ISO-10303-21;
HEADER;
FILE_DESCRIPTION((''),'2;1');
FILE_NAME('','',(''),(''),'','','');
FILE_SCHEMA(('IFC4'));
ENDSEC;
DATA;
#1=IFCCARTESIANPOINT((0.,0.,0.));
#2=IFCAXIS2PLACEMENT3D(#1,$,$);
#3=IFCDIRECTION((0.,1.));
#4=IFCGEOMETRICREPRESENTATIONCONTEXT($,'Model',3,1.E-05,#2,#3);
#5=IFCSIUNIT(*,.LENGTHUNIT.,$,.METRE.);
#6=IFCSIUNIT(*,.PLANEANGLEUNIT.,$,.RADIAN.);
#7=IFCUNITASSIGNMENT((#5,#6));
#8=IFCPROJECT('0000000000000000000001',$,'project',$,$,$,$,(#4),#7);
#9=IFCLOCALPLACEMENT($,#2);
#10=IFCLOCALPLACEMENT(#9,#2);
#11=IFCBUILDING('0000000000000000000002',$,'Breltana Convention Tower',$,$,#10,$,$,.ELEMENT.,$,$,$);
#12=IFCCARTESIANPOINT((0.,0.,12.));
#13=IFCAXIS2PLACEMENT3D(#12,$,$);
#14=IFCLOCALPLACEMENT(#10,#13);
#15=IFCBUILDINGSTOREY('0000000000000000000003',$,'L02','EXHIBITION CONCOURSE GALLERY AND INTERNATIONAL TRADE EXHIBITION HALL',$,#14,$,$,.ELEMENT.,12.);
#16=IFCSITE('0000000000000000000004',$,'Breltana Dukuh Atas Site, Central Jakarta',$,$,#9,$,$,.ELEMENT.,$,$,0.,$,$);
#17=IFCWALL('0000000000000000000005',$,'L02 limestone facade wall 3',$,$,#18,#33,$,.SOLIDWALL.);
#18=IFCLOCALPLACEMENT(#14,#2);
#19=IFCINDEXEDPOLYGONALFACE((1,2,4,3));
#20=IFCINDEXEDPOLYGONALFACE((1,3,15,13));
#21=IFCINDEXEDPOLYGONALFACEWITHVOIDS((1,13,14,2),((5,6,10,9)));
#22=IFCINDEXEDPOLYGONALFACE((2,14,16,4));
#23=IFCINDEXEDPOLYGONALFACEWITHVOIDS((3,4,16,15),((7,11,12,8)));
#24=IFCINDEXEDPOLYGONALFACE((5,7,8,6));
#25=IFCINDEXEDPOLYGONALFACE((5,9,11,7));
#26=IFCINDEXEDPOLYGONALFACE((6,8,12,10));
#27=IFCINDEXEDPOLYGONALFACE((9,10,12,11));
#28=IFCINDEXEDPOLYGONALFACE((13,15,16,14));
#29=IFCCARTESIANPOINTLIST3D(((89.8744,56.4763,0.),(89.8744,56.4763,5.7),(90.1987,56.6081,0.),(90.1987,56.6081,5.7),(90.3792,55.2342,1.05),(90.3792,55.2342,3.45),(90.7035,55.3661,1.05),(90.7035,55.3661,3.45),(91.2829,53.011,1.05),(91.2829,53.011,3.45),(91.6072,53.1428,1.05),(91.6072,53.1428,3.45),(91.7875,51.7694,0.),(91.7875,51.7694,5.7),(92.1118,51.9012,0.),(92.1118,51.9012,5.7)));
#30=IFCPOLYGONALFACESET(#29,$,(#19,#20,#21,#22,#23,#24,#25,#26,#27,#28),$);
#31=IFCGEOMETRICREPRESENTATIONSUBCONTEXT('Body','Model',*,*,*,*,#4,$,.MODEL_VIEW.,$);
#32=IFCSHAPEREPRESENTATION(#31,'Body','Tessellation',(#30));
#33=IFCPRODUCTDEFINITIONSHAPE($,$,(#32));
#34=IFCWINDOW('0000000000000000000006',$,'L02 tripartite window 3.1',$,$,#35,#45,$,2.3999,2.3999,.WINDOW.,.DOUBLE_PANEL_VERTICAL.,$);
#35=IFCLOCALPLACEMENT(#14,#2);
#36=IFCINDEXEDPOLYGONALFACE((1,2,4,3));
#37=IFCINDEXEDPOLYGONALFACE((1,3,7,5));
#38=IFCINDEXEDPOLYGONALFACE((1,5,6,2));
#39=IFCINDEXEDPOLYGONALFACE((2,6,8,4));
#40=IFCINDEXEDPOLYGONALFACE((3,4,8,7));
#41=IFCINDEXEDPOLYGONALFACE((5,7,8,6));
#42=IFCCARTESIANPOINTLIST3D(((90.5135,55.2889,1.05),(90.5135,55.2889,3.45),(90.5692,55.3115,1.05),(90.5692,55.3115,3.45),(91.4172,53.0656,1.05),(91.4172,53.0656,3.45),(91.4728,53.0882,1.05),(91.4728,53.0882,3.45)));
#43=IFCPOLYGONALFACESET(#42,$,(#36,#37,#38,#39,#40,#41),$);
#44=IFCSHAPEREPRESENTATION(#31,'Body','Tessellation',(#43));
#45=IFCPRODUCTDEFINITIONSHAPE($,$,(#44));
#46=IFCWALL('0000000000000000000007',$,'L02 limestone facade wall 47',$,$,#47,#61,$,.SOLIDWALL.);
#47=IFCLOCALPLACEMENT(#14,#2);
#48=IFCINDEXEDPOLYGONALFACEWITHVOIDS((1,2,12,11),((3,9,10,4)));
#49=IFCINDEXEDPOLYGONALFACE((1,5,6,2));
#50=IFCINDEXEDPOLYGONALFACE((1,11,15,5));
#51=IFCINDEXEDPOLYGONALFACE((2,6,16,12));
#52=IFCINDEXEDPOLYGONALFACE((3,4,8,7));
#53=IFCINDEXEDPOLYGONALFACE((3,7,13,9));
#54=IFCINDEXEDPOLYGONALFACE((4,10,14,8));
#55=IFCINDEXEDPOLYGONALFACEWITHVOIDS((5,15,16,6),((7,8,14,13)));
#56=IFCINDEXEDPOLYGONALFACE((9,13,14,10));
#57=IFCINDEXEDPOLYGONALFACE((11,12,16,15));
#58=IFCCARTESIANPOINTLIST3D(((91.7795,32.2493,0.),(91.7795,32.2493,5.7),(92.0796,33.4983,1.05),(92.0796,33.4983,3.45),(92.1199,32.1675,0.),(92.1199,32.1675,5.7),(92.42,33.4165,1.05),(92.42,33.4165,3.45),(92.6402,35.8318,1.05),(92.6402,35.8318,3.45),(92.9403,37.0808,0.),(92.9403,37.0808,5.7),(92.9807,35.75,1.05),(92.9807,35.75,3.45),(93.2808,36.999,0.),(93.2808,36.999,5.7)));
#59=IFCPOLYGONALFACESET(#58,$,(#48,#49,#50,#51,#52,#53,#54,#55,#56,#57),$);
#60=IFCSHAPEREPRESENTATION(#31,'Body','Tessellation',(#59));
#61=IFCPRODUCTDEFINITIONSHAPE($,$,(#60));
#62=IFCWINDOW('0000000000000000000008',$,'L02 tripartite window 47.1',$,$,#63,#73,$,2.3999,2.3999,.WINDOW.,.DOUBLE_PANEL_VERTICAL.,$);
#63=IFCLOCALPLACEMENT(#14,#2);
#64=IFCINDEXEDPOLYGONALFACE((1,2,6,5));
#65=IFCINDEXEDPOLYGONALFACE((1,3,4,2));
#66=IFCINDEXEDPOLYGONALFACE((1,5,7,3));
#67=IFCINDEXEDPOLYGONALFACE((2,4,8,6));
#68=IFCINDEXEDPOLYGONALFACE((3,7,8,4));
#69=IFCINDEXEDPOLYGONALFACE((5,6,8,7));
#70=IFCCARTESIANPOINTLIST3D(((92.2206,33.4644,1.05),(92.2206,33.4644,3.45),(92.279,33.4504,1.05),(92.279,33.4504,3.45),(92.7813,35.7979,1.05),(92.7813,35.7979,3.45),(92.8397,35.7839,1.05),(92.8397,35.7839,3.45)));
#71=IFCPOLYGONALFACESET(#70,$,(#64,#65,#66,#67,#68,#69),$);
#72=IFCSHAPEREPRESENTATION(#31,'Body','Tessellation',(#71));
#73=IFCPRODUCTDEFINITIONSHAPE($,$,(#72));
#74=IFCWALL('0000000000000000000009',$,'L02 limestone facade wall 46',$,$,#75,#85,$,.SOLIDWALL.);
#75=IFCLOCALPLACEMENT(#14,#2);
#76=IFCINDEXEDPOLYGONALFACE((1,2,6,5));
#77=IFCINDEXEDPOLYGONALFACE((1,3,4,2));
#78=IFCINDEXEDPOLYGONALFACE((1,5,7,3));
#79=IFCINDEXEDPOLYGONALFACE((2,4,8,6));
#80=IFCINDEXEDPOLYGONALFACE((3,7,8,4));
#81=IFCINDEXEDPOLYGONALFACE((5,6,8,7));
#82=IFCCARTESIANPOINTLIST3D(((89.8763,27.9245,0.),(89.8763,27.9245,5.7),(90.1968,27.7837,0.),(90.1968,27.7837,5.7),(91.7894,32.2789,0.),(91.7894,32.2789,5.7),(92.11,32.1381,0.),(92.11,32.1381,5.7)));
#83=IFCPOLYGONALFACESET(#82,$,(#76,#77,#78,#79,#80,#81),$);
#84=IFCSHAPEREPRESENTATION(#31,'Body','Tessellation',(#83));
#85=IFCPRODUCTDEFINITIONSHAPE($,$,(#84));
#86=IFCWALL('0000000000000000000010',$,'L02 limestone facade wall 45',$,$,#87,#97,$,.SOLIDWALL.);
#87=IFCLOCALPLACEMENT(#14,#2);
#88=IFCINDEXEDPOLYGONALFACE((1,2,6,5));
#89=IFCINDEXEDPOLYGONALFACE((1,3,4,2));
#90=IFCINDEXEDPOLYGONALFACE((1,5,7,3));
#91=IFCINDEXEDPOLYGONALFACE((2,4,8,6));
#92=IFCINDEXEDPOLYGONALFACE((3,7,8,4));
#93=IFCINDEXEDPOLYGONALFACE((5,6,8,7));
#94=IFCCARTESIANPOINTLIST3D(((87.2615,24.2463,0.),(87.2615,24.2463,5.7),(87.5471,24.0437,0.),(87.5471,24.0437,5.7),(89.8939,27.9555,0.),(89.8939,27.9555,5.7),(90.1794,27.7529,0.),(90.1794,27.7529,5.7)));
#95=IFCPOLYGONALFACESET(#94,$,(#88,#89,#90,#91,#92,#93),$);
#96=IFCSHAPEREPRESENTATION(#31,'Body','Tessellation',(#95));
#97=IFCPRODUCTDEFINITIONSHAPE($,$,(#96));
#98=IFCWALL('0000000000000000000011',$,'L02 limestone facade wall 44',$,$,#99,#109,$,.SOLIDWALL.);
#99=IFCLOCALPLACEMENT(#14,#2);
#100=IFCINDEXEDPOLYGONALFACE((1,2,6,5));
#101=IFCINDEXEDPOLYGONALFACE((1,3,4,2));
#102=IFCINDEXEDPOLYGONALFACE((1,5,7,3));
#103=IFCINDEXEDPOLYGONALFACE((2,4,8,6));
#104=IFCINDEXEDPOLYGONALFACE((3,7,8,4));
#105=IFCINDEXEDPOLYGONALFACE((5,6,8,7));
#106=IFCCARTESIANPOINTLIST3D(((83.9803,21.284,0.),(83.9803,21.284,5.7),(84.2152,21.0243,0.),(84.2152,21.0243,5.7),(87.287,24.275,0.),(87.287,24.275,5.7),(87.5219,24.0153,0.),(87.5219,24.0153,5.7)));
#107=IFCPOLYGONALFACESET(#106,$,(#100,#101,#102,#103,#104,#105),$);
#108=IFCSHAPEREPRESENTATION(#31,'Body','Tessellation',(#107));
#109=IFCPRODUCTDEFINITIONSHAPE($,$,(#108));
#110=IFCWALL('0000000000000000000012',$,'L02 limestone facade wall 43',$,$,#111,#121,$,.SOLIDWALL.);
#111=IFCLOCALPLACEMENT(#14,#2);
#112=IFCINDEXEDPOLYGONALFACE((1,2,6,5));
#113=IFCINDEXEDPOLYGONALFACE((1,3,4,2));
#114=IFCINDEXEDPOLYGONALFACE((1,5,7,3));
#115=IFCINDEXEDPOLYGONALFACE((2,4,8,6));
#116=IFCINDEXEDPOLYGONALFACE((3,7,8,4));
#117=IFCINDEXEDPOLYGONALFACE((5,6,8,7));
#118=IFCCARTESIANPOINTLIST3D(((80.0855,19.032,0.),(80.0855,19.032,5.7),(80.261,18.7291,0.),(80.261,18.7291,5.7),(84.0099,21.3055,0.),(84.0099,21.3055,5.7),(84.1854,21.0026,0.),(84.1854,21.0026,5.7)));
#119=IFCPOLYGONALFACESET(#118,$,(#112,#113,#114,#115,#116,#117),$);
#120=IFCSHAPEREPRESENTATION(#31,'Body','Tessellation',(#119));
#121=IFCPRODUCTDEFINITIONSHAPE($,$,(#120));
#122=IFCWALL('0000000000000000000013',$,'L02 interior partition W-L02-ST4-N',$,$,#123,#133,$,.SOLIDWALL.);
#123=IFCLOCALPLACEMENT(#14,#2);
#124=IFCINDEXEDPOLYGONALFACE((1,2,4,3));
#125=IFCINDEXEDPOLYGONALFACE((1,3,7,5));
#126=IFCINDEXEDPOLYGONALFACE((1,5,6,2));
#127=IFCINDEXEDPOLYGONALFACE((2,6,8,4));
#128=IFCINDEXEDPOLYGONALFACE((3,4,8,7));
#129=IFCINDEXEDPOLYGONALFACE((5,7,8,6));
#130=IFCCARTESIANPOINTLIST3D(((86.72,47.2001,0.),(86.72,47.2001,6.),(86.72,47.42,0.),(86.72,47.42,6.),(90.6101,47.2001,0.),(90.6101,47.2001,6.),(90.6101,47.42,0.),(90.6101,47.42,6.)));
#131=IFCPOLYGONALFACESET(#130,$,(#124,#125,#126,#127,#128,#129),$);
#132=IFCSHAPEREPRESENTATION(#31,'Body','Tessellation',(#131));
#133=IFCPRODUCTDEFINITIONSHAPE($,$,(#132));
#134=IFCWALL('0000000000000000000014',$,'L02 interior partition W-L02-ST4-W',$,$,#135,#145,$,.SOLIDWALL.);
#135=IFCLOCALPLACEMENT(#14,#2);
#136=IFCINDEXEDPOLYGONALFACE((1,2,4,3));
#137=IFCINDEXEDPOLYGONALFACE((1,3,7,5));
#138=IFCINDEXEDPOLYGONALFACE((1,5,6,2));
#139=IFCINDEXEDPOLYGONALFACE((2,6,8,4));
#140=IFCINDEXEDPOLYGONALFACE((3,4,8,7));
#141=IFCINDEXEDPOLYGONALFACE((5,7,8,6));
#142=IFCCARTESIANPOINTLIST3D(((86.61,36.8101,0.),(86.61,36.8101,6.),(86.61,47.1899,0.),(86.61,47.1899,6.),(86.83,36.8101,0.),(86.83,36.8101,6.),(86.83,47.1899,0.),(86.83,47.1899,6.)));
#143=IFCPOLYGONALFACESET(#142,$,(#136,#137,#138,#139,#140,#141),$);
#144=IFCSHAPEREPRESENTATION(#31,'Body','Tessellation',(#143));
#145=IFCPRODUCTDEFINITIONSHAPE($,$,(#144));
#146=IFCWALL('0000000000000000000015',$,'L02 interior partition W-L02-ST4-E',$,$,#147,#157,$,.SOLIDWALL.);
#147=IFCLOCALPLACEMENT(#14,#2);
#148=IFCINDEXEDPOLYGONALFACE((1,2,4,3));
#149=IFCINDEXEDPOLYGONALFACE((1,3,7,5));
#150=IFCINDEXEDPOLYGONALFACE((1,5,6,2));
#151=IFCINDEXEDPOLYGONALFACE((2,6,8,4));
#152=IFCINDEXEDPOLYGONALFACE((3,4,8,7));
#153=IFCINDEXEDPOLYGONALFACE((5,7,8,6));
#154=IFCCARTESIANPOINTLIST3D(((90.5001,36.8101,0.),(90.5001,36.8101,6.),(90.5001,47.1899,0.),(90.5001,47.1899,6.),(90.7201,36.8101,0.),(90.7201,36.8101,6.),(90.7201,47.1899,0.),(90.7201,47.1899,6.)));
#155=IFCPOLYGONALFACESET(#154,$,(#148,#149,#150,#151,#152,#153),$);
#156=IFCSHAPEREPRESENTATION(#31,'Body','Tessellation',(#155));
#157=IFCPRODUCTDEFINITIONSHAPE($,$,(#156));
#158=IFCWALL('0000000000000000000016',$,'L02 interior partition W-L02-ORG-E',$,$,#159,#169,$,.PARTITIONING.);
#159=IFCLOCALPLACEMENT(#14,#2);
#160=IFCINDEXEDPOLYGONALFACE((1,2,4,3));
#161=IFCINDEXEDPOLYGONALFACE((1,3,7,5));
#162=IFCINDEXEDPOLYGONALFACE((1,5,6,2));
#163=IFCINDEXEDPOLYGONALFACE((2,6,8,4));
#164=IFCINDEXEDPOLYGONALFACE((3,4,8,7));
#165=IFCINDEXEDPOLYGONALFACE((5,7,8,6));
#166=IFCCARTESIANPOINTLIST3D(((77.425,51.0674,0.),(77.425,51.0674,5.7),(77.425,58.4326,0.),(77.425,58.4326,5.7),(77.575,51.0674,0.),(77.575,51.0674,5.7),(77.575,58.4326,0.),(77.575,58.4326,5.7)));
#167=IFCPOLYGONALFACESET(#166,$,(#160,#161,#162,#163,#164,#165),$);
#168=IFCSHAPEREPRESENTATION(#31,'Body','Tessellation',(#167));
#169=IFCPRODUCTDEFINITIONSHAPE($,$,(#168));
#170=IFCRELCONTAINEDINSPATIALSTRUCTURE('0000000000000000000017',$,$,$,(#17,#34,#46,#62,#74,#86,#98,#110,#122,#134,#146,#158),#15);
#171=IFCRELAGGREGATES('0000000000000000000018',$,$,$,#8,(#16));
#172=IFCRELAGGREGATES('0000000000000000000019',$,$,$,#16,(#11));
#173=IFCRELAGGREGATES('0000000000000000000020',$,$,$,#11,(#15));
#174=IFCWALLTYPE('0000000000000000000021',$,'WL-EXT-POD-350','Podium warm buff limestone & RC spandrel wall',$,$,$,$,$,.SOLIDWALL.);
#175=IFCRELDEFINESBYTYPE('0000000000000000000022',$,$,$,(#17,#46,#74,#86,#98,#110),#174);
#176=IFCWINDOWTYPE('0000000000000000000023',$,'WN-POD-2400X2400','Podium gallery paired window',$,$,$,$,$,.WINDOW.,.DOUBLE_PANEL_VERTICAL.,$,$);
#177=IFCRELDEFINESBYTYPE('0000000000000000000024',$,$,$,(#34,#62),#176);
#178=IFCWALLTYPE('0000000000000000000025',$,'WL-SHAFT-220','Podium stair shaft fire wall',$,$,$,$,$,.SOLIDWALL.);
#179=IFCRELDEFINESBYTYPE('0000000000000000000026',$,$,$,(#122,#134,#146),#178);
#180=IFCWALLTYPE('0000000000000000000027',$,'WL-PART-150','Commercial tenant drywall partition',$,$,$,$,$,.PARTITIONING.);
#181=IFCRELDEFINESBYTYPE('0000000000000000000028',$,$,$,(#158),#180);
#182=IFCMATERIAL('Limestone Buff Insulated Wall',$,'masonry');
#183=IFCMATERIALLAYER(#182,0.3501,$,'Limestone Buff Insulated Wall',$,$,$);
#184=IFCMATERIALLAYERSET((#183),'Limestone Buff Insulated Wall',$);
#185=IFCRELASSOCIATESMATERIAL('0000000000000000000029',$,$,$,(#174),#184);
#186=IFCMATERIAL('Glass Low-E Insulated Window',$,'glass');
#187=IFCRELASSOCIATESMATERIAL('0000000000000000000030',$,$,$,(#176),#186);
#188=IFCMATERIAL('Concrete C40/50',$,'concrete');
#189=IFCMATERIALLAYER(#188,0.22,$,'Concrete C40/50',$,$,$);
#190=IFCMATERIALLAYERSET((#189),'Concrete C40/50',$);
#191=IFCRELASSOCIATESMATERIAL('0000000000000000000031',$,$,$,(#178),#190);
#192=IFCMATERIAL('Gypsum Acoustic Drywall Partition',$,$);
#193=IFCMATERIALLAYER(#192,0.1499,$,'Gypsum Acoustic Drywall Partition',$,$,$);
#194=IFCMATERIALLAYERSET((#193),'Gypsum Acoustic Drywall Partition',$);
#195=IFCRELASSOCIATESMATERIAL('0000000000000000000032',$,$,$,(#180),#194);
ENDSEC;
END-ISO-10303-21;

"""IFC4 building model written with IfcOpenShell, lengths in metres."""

from ifc_helpers import new_model, si_unit, direction, frame, frame_2d, origin, place, context, subcontext, project, spatial, rectangle, extrude, source, transform, mapped, material, layer, layer_set, type_object, type_shapes, element, fill, save


model = new_model("IFC4")

# Units and contexts
model_context = context("Model", 3, precision=1e-05, world=origin(), true_north=direction((0.0, 1.0)))
body_context = subcontext(model_context, "Body", "Model", "MODEL_VIEW")
ifc_project = project(units=[si_unit("LENGTHUNIT", "METRE"), si_unit("PLANEANGLEUNIT", "RADIAN")], contexts=[model_context])

# Site, building, storey
site_placement = place(None, origin())
site = spatial("IfcSite", under=ifc_project, at=site_placement, Name="Breltana Dukuh Atas Site, Central Jakarta", CompositionType="ELEMENT", RefElevation=0.0)
building_placement = place(site_placement, origin())
building = spatial("IfcBuilding", under=site, at=building_placement, Name="Breltana Convention Tower", CompositionType="ELEMENT")
storey_placement = place(building_placement, frame((0.0, 0.0, 12.0)))
storey = spatial("IfcBuildingStorey", under=building, at=storey_placement, Name="L02", Description="EXHIBITION CONCOURSE GALLERY AND INTERNATIONAL TRADE EXHIBITION HALL", CompositionType="ELEMENT", Elevation=12.0)

# Shared definitions
ifc_material_1 = material(Name="Limestone Buff Insulated Wall", Category="masonry")
ifc_layer_1 = layer(ifc_material_1, 0.3501, Name="Limestone Buff Insulated Wall")
ifc_layer_set_1 = layer_set([ifc_layer_1], Name="Limestone Buff Insulated Wall")
wall_type_1 = type_object("IfcWallType", Name="WL-EXT-POD-350", Description="Podium warm buff limestone & RC spandrel wall", PredefinedType="SOLIDWALL", material=ifc_layer_set_1)
ifc_material_2 = material(Name="Glass Low-E Insulated Window", Category="glass")
window_type = type_object("IfcWindowType", Name="WN-POD-2400X2400", Description="Podium gallery paired window", PartitioningType="DOUBLE_PANEL_VERTICAL", PredefinedType="WINDOW", material=ifc_material_2)
shared_shape_1 = source(origin(), body_context, "Body", "SweptSolid", [
    extrude(rectangle(XDim=2.3999, YDim=2.3999, at=frame_2d((1.2, 1.2))), frame((0.0, 0.03, 0.0), z_axis=(0.0, -1.0, 0.0), x_axis=(1.0, 0.0, 0.0)), (0.0, 0.0, 1.0), 0.0601),
])
type_shapes(window_type, [shared_shape_1])

# Walls, openings, windows
shared_shape_2 = source(origin(), body_context, "Body", "SweptSolid", [
    extrude(rectangle(XDim=5.0808, YDim=0.3501, at=frame_2d((2.5405, 0.0))), origin(), (0.0, 0.0, 1.0), 5.7),
])
wall_1_placement = place(storey_placement, frame((91.9497, 51.8352, 0.0), z_axis=(0.0, 0.0, 1.0), x_axis=(-0.376538, 0.926401, 0.0)))
wall_1 = element("IfcWall", 1, at=wall_1_placement, inside=storey, type_object=wall_type_1, Name="L02 limestone facade wall 3", PredefinedType="SOLIDWALL", context=body_context, shape_type="MappedRepresentation", body=[
    mapped(shared_shape_2, transform((0.0, 0.0, 0.0), scale=1.0)),
])
opening_1_placement = place(wall_1_placement, frame((1.3403, 0.0, 1.05)))
opening_1 = element("IfcOpeningElement", 2, at=opening_1_placement, cuts=wall_1, PredefinedType="OPENING", context=body_context, shape_type="SweptSolid", body=[
    extrude(rectangle(XDim=2.3999, YDim=2.3999, at=frame_2d((1.2, 1.2))), frame((0.0, 0.1851, 0.0), z_axis=(0.0, -1.0, 0.0), x_axis=(1.0, 0.0, 0.0)), (0.0, 0.0, 1.0), 0.3701),
])
window_1_placement = place(opening_1_placement, origin())
window_1 = element("IfcWindow", 3, at=window_1_placement, inside=storey, type_object=window_type, Name="L02 tripartite window 3.1", OverallHeight=2.3999, OverallWidth=2.3999, PartitioningType="DOUBLE_PANEL_VERTICAL", PredefinedType="WINDOW", context=body_context, shape_type="MappedRepresentation", body=[
    mapped(shared_shape_1, transform((0.0, 0.0, 0.0), scale=1.0)),
])
fill(opening_1, window_1)
shared_shape_3 = source(origin(), body_context, "Body", "SweptSolid", [
    extrude(rectangle(XDim=4.969, YDim=0.3501, at=frame_2d((2.4844, 0.0))), origin(), (0.0, 0.0, 1.0), 5.7),
])
wall_2_placement = place(storey_placement, frame((91.9497, 32.2085, 0.0), z_axis=(0.0, 0.0, 1.0), x_axis=(0.233624, 0.972327, 0.0)))
wall_2 = element("IfcWall", 4, at=wall_2_placement, inside=storey, type_object=wall_type_1, Name="L02 limestone facade wall 47", PredefinedType="SOLIDWALL", context=body_context, shape_type="MappedRepresentation", body=[
    mapped(shared_shape_3, transform((0.0, 0.0, 0.0), scale=1.0)),
])
opening_2_placement = place(wall_2_placement, frame((1.2844, 0.0, 1.05)))
opening_2 = element("IfcOpeningElement", 5, at=opening_2_placement, cuts=wall_2, PredefinedType="OPENING", context=body_context, shape_type="SweptSolid", body=[
    extrude(rectangle(XDim=2.3999, YDim=2.3999, at=frame_2d((1.2, 1.2))), frame((0.0, 0.1851, 0.0), z_axis=(0.0, -1.0, 0.0), x_axis=(1.0, 0.0, 0.0)), (0.0, 0.0, 1.0), 0.3701),
])
window_2_placement = place(opening_2_placement, origin())
window_2 = element("IfcWindow", 6, at=window_2_placement, inside=storey, type_object=window_type, Name="L02 tripartite window 47.1", OverallHeight=2.3999, OverallWidth=2.3999, PartitioningType="DOUBLE_PANEL_VERTICAL", PredefinedType="WINDOW", context=body_context, shape_type="MappedRepresentation", body=[
    mapped(shared_shape_1, transform((0.0, 0.0, 0.0), scale=1.0)),
])
fill(opening_2, window_2)

# Walls
shared_shape_4 = source(origin(), body_context, "Body", "SweptSolid", [
    extrude(rectangle(XDim=4.7561, YDim=0.3501, at=frame_2d((2.3779, 0.0))), origin(), (0.0, 0.0, 1.0), 5.7),
])
wall_3_placement = place(storey_placement, frame((90.0366, 27.8542, 0.0), z_axis=(0.0, 0.0, 1.0), x_axis=(0.402248, 0.915531, 0.0)))
element("IfcWall", 7, at=wall_3_placement, inside=storey, type_object=wall_type_1, Name="L02 limestone facade wall 46", PredefinedType="SOLIDWALL", context=body_context, shape_type="MappedRepresentation", body=[
    mapped(shared_shape_4, transform((0.0, 0.0, 0.0), scale=1.0)),
])
shared_shape_5 = source(origin(), body_context, "Body", "SweptSolid", [
    extrude(rectangle(XDim=4.5483, YDim=0.3501, at=frame_2d((2.2742, 0.0))), origin(), (0.0, 0.0, 1.0), 5.7),
])
wall_4_placement = place(storey_placement, frame((87.4043, 24.145, 0.0), z_axis=(0.0, 0.0, 1.0), x_axis=(0.578742, 0.81551, 0.0)))
element("IfcWall", 8, at=wall_4_placement, inside=storey, type_object=wall_type_1, Name="L02 limestone facade wall 45", PredefinedType="SOLIDWALL", context=body_context, shape_type="MappedRepresentation", body=[
    mapped(shared_shape_5, transform((0.0, 0.0, 0.0), scale=1.0)),
])
shared_shape_6 = source(origin(), body_context, "Body", "SweptSolid", [
    extrude(rectangle(XDim=4.4587, YDim=0.3501, at=frame_2d((2.2295, 0.0))), origin(), (0.0, 0.0, 1.0), 5.7),
])
wall_5_placement = place(storey_placement, frame((84.0977, 21.1541, 0.0), z_axis=(0.0, 0.0, 1.0), x_axis=(0.74162, 0.67082, 0.0)))
element("IfcWall", 9, at=wall_5_placement, inside=storey, type_object=wall_type_1, Name="L02 limestone facade wall 44", PredefinedType="SOLIDWALL", context=body_context, shape_type="MappedRepresentation", body=[
    mapped(shared_shape_6, transform((0.0, 0.0, 0.0), scale=1.0)),
])
shared_shape_7 = source(origin(), body_context, "Body", "SweptSolid", [
    extrude(rectangle(XDim=4.5354, YDim=0.3501, at=frame_2d((2.2676, 0.0))), origin(), (0.0, 0.0, 1.0), 5.7),
])
wall_6_placement = place(storey_placement, frame((80.1733, 18.8806, 0.0), z_axis=(0.0, 0.0, 1.0), x_axis=(0.865286, 0.501278, 0.0)))
element("IfcWall", 10, at=wall_6_placement, inside=storey, type_object=wall_type_1, Name="L02 limestone facade wall 43", PredefinedType="SOLIDWALL", context=body_context, shape_type="MappedRepresentation", body=[
    mapped(shared_shape_7, transform((0.0, 0.0, 0.0), scale=1.0)),
])

# Shared definitions
ifc_material_3 = material(Name="Concrete C40/50", Category="concrete")
ifc_layer_2 = layer(ifc_material_3, 0.22, Name="Concrete C40/50")
ifc_layer_set_2 = layer_set([ifc_layer_2], Name="Concrete C40/50")
wall_type_2 = type_object("IfcWallType", Name="WL-SHAFT-220", Description="Podium stair shaft fire wall", PredefinedType="SOLIDWALL", material=ifc_layer_set_2)
shared_shape_8 = source(origin(), body_context, "Body", "SweptSolid", [
    extrude(rectangle(XDim=3.8901, YDim=0.22, at=frame_2d((1.9451, 0.0))), origin(), (0.0, 0.0, 1.0), 6.0),
])

# Walls
wall_7_placement = place(storey_placement, frame((86.72, 47.3101, 0.0), z_axis=(0.0, 0.0, 1.0), x_axis=(1.0, 0.0, 0.0)))
element("IfcWall", 11, at=wall_7_placement, inside=storey, type_object=wall_type_2, Name="L02 interior partition W-L02-ST4-N", PredefinedType="SOLIDWALL", context=body_context, shape_type="MappedRepresentation", body=[
    mapped(shared_shape_8, transform((0.0, 0.0, 0.0), scale=1.0)),
])
shared_shape_9 = source(origin(), body_context, "Body", "SweptSolid", [
    extrude(rectangle(XDim=10.3799, YDim=0.22, at=frame_2d((5.1899, 0.0))), origin(), (0.0, 0.0, 1.0), 6.0),
])
for number, where, z_axis, x_axis, name in (
    (12, (86.72, 36.8101, 0.0), (0.0, 0.0, 1.0), (0.0, 1.0, 0.0), "L02 interior partition W-L02-ST4-W"),
    (13, (90.6101, 36.8101, 0.0), (0.0, 0.0, 1.0), (0.0, 1.0, 0.0), "L02 interior partition W-L02-ST4-E"),
):
    element("IfcWall", number, at=place(storey_placement, frame(where, z_axis=z_axis, x_axis=x_axis)), inside=storey, type_object=wall_type_2, Name=name, PredefinedType="SOLIDWALL", context=body_context, shape_type="MappedRepresentation", body=[
        mapped(shared_shape_9, transform((0.0, 0.0, 0.0), scale=1.0)),
    ])
ifc_material_4 = material(Name="Gypsum Acoustic Drywall Partition")
ifc_layer_3 = layer(ifc_material_4, 0.1499, Name="Gypsum Acoustic Drywall Partition")
ifc_layer_set_3 = layer_set([ifc_layer_3], Name="Gypsum Acoustic Drywall Partition")
wall_type_3 = type_object("IfcWallType", Name="WL-PART-150", Description="Commercial tenant drywall partition", PredefinedType="PARTITIONING", material=ifc_layer_set_3)
shared_shape_10 = source(origin(), body_context, "Body", "SweptSolid", [
    extrude(rectangle(XDim=7.3652, YDim=0.1499, at=frame_2d((3.6826, 0.0))), origin(), (0.0, 0.0, 1.0), 5.7),
])
wall_8_placement = place(storey_placement, frame((77.5, 51.0674, 0.0), z_axis=(0.0, 0.0, 1.0), x_axis=(0.0, 1.0, 0.0)))
element("IfcWall", 14, at=wall_8_placement, inside=storey, type_object=wall_type_3, Name="L02 interior partition W-L02-ORG-E", PredefinedType="PARTITIONING", context=body_context, shape_type="MappedRepresentation", body=[
    mapped(shared_shape_10, transform((0.0, 0.0, 0.0), scale=1.0)),
])

save(model, "model.ifc")
